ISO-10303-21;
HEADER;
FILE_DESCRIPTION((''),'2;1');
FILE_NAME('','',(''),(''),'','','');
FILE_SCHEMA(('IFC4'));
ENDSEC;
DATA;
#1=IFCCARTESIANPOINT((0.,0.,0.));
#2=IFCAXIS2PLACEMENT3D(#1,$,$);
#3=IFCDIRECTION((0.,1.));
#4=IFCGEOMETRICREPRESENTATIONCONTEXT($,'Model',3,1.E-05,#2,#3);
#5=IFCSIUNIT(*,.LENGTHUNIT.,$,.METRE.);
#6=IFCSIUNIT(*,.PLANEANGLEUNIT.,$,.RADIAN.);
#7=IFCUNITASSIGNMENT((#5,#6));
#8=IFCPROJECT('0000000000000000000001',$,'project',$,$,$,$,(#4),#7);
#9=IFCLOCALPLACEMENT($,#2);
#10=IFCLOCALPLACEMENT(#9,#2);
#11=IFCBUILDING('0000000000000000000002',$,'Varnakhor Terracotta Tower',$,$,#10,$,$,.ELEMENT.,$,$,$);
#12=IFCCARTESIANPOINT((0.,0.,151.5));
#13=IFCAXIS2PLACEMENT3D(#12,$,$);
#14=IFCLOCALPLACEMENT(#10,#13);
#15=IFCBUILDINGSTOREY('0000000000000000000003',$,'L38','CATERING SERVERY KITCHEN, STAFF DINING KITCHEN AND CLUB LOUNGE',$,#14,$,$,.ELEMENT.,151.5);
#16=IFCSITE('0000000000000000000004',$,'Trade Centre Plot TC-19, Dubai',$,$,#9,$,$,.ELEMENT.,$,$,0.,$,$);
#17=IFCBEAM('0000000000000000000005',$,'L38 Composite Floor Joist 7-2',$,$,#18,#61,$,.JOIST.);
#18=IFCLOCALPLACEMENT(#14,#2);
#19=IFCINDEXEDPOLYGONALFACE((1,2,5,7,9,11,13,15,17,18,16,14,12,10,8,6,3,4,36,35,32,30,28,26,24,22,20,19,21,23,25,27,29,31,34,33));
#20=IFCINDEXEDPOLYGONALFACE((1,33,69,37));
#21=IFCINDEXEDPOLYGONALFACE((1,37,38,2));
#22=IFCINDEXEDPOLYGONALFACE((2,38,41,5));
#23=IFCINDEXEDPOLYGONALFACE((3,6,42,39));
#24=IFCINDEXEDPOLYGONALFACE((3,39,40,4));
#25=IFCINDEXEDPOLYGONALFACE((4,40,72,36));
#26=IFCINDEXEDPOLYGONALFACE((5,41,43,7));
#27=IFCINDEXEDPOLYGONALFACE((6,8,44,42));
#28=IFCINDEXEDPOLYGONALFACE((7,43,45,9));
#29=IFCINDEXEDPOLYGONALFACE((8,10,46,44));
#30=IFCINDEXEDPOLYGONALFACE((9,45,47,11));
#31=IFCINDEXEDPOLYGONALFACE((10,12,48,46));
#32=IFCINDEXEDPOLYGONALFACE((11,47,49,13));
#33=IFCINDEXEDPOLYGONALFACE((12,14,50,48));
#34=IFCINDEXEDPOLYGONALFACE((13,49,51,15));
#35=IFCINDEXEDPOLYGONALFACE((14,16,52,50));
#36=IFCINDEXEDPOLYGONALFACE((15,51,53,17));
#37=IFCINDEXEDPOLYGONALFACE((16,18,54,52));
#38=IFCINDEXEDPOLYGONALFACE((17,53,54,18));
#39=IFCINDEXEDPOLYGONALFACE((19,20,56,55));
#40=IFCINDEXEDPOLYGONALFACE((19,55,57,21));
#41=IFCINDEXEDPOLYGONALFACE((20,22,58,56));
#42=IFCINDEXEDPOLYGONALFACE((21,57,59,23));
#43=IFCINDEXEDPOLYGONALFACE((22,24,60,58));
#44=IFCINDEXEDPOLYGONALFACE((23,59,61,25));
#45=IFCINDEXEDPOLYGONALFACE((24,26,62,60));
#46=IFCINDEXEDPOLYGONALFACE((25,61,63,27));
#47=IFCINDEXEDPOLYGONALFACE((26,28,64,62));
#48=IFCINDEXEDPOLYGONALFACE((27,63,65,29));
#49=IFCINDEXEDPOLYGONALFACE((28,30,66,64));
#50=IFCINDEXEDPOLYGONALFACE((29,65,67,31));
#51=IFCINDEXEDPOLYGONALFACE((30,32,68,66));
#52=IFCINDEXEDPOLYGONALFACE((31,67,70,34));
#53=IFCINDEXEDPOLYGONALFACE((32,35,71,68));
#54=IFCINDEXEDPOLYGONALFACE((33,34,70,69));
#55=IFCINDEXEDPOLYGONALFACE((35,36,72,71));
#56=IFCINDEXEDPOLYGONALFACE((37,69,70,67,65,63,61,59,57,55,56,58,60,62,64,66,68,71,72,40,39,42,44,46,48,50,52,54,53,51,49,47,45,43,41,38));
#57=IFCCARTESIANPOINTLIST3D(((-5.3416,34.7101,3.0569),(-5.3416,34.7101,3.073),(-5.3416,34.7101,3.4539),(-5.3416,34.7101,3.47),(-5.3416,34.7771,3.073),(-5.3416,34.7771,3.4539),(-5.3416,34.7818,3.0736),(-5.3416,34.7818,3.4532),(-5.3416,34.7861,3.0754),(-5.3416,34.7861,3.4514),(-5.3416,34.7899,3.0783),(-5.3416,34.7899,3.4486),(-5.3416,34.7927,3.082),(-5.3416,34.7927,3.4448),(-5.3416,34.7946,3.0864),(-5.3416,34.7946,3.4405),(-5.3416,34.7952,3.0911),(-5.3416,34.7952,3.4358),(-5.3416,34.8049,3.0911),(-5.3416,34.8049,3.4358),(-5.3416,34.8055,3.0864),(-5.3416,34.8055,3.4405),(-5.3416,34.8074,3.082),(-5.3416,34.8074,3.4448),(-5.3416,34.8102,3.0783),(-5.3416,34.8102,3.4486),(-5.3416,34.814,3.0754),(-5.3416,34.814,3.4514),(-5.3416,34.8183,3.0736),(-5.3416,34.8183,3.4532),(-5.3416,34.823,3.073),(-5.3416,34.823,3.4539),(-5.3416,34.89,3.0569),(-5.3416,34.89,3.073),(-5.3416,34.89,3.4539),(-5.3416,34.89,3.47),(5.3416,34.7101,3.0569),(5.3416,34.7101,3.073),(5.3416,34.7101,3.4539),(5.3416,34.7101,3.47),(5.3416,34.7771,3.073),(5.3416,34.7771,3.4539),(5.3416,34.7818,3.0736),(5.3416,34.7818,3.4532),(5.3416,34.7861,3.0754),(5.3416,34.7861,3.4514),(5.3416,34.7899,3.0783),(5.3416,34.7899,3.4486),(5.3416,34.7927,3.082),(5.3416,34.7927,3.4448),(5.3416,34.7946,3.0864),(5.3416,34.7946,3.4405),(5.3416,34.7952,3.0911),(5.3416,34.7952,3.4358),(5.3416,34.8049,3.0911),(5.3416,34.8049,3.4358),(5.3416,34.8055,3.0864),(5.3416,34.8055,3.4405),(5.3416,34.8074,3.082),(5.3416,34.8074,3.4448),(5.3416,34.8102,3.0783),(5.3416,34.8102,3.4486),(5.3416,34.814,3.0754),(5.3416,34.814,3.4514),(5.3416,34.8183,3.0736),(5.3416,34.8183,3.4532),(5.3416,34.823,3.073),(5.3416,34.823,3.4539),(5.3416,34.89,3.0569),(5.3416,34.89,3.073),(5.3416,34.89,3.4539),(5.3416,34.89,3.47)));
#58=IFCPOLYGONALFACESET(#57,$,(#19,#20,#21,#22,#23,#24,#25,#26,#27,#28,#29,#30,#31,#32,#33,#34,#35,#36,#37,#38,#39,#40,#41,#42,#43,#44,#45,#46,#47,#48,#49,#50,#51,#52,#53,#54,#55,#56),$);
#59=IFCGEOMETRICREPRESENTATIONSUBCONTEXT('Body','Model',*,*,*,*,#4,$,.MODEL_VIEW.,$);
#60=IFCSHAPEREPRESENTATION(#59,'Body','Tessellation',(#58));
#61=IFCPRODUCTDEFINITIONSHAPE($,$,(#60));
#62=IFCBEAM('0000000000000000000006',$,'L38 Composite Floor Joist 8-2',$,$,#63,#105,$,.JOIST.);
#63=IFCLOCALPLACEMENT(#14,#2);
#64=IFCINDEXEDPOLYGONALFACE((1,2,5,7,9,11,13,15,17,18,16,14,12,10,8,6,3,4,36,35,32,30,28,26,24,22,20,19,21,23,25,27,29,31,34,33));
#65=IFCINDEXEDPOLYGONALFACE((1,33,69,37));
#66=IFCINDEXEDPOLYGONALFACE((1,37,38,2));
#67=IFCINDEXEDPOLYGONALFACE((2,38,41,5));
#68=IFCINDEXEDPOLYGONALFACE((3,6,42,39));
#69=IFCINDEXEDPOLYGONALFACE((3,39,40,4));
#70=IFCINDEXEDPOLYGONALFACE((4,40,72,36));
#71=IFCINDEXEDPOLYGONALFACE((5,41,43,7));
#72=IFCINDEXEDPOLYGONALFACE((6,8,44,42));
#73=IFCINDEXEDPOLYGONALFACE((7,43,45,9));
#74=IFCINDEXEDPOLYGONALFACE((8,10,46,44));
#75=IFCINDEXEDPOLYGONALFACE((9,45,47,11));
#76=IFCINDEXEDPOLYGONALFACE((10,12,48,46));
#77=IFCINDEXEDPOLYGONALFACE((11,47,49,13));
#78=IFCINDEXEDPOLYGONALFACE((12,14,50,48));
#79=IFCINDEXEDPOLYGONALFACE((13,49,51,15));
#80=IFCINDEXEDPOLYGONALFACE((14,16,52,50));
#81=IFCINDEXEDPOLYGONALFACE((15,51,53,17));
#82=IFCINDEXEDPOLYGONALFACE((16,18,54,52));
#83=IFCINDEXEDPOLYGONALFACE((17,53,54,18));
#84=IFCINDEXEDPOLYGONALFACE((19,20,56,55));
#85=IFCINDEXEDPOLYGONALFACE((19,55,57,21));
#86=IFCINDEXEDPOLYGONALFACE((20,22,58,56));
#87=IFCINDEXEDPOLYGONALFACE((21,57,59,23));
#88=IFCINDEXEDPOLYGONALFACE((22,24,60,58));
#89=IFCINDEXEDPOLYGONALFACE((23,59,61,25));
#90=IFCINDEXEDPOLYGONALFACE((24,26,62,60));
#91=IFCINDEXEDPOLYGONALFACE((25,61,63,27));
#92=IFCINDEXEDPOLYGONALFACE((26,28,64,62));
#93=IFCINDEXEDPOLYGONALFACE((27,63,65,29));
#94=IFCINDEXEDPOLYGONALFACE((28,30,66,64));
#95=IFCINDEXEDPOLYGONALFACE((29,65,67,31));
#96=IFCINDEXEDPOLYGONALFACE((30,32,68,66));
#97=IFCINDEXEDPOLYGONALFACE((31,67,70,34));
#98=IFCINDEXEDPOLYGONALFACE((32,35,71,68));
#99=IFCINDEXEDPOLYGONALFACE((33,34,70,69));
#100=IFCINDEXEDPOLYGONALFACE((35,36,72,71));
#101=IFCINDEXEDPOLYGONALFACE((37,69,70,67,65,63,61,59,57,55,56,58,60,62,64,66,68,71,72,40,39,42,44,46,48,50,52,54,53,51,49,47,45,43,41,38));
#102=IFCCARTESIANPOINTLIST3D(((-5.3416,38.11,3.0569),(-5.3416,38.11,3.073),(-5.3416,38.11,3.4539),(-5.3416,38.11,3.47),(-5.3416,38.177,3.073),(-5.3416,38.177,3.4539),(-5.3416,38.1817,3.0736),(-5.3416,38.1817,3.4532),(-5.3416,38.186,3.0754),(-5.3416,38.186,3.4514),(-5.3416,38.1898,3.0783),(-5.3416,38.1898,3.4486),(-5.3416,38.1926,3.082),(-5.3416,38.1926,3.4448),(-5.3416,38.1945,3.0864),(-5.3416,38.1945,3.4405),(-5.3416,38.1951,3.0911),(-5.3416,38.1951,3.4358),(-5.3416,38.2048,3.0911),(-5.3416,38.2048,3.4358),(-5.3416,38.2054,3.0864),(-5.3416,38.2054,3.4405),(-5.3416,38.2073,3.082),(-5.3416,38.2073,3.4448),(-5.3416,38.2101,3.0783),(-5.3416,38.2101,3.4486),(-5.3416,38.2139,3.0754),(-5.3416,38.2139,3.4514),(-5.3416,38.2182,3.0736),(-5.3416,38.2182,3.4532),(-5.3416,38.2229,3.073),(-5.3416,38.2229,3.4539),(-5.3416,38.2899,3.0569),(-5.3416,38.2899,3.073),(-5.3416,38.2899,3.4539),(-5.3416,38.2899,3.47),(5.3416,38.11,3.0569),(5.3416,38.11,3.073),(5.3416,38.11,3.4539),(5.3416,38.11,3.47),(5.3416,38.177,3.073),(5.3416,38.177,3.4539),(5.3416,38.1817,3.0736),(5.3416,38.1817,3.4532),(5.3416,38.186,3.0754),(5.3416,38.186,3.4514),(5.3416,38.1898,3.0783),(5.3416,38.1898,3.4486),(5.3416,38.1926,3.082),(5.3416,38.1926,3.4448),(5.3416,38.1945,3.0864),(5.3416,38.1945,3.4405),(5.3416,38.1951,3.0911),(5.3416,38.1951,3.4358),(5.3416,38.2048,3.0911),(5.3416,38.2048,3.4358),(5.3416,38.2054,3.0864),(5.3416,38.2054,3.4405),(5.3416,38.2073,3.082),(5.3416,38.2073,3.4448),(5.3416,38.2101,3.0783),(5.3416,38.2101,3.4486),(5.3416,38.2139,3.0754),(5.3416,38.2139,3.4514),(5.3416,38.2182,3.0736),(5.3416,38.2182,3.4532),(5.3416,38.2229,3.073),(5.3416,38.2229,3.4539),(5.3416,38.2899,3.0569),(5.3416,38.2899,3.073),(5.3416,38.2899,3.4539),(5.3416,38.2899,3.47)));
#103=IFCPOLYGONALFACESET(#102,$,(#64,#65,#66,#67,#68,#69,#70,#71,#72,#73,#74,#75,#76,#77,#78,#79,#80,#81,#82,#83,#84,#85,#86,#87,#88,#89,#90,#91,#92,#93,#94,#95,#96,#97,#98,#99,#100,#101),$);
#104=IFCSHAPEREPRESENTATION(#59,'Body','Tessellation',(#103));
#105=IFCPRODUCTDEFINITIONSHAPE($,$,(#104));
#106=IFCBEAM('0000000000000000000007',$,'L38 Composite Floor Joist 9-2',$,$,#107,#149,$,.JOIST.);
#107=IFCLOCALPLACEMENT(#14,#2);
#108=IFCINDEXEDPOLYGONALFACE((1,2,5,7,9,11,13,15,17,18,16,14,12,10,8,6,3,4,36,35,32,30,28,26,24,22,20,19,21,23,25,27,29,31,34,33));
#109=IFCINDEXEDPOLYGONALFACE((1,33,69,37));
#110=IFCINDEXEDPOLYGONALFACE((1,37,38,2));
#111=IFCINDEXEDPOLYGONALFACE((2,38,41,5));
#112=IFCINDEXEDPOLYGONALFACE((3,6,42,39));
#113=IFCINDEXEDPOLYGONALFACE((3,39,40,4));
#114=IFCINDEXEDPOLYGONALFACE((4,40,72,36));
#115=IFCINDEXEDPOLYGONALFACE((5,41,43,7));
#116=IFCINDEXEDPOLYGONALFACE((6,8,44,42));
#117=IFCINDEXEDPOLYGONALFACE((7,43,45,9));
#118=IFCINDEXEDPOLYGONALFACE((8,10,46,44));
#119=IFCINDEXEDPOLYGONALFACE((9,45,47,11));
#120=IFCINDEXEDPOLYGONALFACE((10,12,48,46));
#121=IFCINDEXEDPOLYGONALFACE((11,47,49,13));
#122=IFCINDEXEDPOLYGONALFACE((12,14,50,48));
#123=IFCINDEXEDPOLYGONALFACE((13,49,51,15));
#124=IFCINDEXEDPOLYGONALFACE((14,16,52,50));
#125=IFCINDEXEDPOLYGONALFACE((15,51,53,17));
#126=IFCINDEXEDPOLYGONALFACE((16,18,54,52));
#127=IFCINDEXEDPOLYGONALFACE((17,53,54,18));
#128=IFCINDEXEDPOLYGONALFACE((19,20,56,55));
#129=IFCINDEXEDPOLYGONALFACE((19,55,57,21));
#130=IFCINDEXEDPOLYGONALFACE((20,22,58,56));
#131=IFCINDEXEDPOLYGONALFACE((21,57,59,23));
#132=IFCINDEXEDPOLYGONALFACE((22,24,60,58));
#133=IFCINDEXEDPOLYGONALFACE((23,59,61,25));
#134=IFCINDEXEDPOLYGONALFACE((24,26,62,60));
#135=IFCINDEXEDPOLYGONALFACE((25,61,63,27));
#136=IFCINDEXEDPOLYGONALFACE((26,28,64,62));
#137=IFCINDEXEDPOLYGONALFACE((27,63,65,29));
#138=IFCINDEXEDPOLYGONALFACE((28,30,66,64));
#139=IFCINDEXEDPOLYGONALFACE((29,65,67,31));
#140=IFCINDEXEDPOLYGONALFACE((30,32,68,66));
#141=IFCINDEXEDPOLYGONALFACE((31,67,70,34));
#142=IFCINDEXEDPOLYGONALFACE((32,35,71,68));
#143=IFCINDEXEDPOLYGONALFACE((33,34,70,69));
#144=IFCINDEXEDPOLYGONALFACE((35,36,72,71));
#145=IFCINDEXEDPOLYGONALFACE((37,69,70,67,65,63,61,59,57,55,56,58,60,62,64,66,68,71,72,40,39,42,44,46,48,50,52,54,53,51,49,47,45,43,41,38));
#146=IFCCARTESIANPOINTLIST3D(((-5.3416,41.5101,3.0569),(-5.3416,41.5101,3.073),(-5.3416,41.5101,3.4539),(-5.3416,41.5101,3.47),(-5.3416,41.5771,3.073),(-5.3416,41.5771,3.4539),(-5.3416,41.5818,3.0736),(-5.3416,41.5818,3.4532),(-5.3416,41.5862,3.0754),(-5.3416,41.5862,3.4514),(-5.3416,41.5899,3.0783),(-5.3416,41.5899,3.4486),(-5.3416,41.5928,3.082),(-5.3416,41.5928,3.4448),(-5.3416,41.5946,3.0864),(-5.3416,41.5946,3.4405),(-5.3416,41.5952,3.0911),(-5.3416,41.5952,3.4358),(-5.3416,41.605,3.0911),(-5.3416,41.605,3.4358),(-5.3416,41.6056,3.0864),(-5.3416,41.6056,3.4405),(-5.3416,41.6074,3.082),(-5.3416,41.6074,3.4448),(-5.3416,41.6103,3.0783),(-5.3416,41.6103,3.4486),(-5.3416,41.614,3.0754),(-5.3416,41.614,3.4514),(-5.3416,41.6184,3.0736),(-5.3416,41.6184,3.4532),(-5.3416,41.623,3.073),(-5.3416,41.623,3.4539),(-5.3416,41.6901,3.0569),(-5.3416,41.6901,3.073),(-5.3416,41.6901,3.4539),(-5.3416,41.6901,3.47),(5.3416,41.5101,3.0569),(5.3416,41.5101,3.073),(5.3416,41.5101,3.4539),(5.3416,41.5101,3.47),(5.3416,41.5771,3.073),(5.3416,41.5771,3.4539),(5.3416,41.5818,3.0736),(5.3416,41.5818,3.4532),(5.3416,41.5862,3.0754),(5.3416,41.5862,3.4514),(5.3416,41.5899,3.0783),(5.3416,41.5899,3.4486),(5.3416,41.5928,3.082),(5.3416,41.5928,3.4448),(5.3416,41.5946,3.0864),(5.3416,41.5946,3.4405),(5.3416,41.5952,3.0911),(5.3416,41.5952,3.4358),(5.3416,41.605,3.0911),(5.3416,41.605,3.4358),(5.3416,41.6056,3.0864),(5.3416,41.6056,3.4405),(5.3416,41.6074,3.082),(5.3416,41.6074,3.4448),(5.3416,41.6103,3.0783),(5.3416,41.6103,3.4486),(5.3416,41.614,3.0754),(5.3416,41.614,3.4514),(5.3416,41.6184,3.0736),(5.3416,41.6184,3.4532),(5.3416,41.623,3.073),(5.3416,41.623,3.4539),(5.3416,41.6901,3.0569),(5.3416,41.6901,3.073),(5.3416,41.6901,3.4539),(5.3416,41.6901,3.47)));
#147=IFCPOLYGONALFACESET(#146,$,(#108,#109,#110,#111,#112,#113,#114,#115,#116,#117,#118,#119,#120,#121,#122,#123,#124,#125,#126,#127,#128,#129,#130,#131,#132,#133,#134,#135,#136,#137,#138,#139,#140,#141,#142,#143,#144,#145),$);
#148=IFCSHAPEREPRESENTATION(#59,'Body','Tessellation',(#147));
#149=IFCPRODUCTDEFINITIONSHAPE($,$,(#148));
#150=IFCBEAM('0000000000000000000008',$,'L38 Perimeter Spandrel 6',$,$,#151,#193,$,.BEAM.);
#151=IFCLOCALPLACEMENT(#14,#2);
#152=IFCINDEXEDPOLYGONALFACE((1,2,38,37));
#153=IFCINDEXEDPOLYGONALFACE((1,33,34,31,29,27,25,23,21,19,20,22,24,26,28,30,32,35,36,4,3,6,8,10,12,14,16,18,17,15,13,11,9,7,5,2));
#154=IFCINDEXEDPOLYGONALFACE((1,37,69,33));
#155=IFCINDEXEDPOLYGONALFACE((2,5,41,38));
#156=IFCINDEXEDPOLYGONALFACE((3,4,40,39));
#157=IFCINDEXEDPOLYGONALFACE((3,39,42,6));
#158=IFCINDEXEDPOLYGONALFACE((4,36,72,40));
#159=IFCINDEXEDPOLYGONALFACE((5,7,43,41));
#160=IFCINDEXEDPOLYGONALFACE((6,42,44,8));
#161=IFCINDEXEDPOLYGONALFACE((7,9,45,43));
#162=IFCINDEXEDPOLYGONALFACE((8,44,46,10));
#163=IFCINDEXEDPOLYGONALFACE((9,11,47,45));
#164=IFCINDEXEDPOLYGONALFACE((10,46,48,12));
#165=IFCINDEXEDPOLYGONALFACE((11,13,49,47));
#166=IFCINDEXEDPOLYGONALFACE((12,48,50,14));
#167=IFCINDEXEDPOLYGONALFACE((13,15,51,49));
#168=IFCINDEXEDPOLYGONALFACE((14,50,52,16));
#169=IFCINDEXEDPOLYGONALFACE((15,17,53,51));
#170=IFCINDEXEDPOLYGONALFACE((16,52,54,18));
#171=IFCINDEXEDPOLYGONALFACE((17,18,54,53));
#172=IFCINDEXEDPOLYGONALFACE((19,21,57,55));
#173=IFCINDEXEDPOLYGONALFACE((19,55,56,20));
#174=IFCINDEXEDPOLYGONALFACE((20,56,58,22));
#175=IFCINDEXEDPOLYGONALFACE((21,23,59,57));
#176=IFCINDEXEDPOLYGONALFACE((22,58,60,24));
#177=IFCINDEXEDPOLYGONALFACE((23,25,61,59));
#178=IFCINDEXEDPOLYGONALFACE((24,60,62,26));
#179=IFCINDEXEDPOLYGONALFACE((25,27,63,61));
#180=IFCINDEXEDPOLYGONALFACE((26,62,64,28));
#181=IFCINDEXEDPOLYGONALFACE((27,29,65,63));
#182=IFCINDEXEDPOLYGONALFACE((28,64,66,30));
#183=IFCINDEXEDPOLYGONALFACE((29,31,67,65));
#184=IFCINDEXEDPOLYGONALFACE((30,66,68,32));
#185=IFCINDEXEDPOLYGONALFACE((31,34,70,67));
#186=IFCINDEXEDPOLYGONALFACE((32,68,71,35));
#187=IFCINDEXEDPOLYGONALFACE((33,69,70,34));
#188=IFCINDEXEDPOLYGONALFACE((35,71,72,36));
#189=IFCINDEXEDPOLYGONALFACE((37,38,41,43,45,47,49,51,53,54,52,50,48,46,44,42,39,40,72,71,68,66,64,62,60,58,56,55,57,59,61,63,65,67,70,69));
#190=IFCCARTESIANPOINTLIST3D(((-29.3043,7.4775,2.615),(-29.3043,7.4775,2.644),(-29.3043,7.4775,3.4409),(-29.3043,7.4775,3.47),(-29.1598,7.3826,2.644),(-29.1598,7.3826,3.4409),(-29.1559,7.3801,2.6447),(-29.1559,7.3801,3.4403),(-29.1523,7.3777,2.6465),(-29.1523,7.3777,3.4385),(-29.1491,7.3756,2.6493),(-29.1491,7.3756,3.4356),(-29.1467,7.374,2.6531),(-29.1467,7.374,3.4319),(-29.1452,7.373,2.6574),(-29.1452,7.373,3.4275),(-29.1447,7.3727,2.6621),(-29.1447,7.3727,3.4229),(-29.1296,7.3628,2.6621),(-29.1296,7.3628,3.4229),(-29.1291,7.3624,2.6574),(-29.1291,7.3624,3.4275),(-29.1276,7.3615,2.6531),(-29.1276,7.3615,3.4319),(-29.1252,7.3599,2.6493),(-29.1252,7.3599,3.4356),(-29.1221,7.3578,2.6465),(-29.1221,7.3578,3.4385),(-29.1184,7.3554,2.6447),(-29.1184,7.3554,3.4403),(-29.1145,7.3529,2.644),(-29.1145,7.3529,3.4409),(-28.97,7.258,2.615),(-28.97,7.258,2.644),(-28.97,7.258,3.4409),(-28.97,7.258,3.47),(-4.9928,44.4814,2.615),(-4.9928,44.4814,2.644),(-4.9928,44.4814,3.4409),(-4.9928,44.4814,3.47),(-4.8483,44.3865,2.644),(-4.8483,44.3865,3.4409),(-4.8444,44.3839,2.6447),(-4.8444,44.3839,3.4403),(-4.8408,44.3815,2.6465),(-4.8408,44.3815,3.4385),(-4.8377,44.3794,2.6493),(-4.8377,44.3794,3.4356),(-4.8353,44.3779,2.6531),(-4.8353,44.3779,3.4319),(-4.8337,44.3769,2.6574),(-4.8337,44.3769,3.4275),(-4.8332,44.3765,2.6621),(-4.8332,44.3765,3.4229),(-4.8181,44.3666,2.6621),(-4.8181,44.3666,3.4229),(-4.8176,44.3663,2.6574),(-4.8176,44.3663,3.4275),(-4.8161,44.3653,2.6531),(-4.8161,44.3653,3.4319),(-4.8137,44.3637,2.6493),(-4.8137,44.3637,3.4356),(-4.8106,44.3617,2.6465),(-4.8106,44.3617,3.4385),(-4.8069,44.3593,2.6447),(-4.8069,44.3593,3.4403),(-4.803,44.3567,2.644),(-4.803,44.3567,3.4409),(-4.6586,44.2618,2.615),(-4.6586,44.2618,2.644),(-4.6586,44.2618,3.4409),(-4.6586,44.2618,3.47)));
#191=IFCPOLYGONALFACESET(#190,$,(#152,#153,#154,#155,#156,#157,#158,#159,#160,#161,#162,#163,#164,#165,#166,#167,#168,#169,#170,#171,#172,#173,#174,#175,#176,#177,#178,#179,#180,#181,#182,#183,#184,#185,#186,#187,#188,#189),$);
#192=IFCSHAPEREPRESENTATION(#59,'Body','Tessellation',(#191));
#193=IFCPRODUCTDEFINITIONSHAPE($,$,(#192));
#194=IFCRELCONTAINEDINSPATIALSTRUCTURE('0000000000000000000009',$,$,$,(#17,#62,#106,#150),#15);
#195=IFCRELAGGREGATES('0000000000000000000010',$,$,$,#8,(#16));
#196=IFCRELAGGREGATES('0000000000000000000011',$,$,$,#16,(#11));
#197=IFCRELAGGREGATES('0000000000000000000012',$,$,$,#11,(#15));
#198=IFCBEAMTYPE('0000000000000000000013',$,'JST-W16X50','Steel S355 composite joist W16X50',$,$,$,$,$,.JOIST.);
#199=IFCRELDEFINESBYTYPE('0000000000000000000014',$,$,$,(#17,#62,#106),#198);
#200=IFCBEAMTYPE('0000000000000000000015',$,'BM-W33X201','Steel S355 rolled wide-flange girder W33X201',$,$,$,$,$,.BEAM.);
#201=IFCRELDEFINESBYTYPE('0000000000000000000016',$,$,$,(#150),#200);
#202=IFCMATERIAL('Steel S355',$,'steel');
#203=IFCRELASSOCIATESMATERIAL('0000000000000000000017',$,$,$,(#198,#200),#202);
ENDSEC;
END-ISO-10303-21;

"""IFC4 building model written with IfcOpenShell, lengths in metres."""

from ifc_helpers import new_model, si_unit, direction, frame, origin, origin_2d, place, context, subcontext, project, spatial, i_section, extrude, source, transform, mapped, material, material_profile, profile_set, type_object, element, save


model = new_model("IFC4")

# Units and contexts
model_context = context("Model", 3, precision=1e-05, world=origin(), true_north=direction((0.0, 1.0)))
body_context = subcontext(model_context, "Body", "Model", "MODEL_VIEW")
ifc_project = project(units=[si_unit("LENGTHUNIT", "METRE"), si_unit("PLANEANGLEUNIT", "RADIAN")], contexts=[model_context])

# Site, building, storey
site_placement = place(None, origin())
site = spatial("IfcSite", under=ifc_project, at=site_placement, Name="Trade Centre Plot TC-19, Dubai", CompositionType="ELEMENT", RefElevation=0.0)
building_placement = place(site_placement, origin())
building = spatial("IfcBuilding", under=site, at=building_placement, Name="Varnakhor Terracotta Tower", CompositionType="ELEMENT")
storey_placement = place(building_placement, frame((0.0, 0.0, 151.5)))
storey = spatial("IfcBuildingStorey", under=building, at=storey_placement, Name="L38", Description="CATERING SERVERY KITCHEN, STAFF DINING KITCHEN AND CLUB LOUNGE", CompositionType="ELEMENT", Elevation=151.5)

# Beams
ifc_material_1 = material(Name="Steel S355", Category="steel")
ifc_material_profile_1 = material_profile(ifc_material_1, i_section(OverallWidth=0.1799, OverallDepth=0.4131, WebThickness=0.0098, FlangeThickness=0.0161, FilletRadius=0.0181, at=origin_2d()), Name="W16X50")
ifc_profile_set_1 = profile_set([ifc_material_profile_1], Name="Steel S355")
beam_type_1 = type_object("IfcBeamType", Name="JST-W16X50", Description="Steel S355 composite joist W16X50", PredefinedType="JOIST", material=ifc_profile_set_1)
shared_shape_1 = source(origin(), body_context, "Body", "SweptSolid", [
    extrude(i_section(OverallWidth=0.1799, OverallDepth=0.4131, WebThickness=0.0098, FlangeThickness=0.0161, FilletRadius=0.0181, at=origin_2d()), origin(), (0.0, 0.0, 1.0), 10.6831),
])
for number, where, z_axis, x_axis, name in (
    (1, (-5.3416, 34.8, 3.2634), (1.0, 0.0, 0.0), (0.0, 1.0, 0.0), "L38 Composite Floor Joist 7-2"),
    (2, (-5.3416, 38.2, 3.2634), (1.0, 0.0, 0.0), (0.0, 1.0, 0.0), "L38 Composite Floor Joist 8-2"),
    (3, (-5.3416, 41.6001, 3.2634), (1.0, 0.0, 0.0), (0.0, 1.0, 0.0), "L38 Composite Floor Joist 9-2"),
):
    element("IfcBeam", number, at=place(storey_placement, frame(where, z_axis=z_axis, x_axis=x_axis)), inside=storey, type_object=beam_type_1, Name=name, PredefinedType="JOIST", context=body_context, shape_type="MappedRepresentation", body=[
        mapped(shared_shape_1, transform((0.0, 0.0, 0.0), scale=1.0)),
    ])
ifc_material_profile_2 = material_profile(ifc_material_1, i_section(OverallWidth=0.3999, OverallDepth=0.855, WebThickness=0.0181, FlangeThickness=0.0291, FilletRadius=0.0181, at=origin_2d()), Name="W33X201")
ifc_profile_set_2 = profile_set([ifc_material_profile_2], Name="Steel S355")
beam_type_2 = type_object("IfcBeamType", Name="BM-W33X201", Description="Steel S355 rolled wide-flange girder W33X201", PredefinedType="BEAM", material=ifc_profile_set_2)
shared_shape_2 = source(origin(), body_context, "Body", "SweptSolid", [
    extrude(i_section(OverallWidth=0.3999, OverallDepth=0.855, WebThickness=0.0181, FlangeThickness=0.0291, FilletRadius=0.0181, at=origin_2d()), origin(), (0.0, 0.0, 1.0), 44.2756),
])
beam_1_placement = place(storey_placement, frame((-4.8257, 44.3716, 3.0425), z_axis=(-0.549094, -0.835761, 0.0), x_axis=(0.835761, -0.549094, 0.0)))
element("IfcBeam", 4, at=beam_1_placement, inside=storey, type_object=beam_type_2, Name="L38 Perimeter Spandrel 6", PredefinedType="BEAM", context=body_context, shape_type="MappedRepresentation", body=[
    mapped(shared_shape_2, transform((0.0, 0.0, 0.0), scale=1.0)),
])

save(model, "model.ifc")
